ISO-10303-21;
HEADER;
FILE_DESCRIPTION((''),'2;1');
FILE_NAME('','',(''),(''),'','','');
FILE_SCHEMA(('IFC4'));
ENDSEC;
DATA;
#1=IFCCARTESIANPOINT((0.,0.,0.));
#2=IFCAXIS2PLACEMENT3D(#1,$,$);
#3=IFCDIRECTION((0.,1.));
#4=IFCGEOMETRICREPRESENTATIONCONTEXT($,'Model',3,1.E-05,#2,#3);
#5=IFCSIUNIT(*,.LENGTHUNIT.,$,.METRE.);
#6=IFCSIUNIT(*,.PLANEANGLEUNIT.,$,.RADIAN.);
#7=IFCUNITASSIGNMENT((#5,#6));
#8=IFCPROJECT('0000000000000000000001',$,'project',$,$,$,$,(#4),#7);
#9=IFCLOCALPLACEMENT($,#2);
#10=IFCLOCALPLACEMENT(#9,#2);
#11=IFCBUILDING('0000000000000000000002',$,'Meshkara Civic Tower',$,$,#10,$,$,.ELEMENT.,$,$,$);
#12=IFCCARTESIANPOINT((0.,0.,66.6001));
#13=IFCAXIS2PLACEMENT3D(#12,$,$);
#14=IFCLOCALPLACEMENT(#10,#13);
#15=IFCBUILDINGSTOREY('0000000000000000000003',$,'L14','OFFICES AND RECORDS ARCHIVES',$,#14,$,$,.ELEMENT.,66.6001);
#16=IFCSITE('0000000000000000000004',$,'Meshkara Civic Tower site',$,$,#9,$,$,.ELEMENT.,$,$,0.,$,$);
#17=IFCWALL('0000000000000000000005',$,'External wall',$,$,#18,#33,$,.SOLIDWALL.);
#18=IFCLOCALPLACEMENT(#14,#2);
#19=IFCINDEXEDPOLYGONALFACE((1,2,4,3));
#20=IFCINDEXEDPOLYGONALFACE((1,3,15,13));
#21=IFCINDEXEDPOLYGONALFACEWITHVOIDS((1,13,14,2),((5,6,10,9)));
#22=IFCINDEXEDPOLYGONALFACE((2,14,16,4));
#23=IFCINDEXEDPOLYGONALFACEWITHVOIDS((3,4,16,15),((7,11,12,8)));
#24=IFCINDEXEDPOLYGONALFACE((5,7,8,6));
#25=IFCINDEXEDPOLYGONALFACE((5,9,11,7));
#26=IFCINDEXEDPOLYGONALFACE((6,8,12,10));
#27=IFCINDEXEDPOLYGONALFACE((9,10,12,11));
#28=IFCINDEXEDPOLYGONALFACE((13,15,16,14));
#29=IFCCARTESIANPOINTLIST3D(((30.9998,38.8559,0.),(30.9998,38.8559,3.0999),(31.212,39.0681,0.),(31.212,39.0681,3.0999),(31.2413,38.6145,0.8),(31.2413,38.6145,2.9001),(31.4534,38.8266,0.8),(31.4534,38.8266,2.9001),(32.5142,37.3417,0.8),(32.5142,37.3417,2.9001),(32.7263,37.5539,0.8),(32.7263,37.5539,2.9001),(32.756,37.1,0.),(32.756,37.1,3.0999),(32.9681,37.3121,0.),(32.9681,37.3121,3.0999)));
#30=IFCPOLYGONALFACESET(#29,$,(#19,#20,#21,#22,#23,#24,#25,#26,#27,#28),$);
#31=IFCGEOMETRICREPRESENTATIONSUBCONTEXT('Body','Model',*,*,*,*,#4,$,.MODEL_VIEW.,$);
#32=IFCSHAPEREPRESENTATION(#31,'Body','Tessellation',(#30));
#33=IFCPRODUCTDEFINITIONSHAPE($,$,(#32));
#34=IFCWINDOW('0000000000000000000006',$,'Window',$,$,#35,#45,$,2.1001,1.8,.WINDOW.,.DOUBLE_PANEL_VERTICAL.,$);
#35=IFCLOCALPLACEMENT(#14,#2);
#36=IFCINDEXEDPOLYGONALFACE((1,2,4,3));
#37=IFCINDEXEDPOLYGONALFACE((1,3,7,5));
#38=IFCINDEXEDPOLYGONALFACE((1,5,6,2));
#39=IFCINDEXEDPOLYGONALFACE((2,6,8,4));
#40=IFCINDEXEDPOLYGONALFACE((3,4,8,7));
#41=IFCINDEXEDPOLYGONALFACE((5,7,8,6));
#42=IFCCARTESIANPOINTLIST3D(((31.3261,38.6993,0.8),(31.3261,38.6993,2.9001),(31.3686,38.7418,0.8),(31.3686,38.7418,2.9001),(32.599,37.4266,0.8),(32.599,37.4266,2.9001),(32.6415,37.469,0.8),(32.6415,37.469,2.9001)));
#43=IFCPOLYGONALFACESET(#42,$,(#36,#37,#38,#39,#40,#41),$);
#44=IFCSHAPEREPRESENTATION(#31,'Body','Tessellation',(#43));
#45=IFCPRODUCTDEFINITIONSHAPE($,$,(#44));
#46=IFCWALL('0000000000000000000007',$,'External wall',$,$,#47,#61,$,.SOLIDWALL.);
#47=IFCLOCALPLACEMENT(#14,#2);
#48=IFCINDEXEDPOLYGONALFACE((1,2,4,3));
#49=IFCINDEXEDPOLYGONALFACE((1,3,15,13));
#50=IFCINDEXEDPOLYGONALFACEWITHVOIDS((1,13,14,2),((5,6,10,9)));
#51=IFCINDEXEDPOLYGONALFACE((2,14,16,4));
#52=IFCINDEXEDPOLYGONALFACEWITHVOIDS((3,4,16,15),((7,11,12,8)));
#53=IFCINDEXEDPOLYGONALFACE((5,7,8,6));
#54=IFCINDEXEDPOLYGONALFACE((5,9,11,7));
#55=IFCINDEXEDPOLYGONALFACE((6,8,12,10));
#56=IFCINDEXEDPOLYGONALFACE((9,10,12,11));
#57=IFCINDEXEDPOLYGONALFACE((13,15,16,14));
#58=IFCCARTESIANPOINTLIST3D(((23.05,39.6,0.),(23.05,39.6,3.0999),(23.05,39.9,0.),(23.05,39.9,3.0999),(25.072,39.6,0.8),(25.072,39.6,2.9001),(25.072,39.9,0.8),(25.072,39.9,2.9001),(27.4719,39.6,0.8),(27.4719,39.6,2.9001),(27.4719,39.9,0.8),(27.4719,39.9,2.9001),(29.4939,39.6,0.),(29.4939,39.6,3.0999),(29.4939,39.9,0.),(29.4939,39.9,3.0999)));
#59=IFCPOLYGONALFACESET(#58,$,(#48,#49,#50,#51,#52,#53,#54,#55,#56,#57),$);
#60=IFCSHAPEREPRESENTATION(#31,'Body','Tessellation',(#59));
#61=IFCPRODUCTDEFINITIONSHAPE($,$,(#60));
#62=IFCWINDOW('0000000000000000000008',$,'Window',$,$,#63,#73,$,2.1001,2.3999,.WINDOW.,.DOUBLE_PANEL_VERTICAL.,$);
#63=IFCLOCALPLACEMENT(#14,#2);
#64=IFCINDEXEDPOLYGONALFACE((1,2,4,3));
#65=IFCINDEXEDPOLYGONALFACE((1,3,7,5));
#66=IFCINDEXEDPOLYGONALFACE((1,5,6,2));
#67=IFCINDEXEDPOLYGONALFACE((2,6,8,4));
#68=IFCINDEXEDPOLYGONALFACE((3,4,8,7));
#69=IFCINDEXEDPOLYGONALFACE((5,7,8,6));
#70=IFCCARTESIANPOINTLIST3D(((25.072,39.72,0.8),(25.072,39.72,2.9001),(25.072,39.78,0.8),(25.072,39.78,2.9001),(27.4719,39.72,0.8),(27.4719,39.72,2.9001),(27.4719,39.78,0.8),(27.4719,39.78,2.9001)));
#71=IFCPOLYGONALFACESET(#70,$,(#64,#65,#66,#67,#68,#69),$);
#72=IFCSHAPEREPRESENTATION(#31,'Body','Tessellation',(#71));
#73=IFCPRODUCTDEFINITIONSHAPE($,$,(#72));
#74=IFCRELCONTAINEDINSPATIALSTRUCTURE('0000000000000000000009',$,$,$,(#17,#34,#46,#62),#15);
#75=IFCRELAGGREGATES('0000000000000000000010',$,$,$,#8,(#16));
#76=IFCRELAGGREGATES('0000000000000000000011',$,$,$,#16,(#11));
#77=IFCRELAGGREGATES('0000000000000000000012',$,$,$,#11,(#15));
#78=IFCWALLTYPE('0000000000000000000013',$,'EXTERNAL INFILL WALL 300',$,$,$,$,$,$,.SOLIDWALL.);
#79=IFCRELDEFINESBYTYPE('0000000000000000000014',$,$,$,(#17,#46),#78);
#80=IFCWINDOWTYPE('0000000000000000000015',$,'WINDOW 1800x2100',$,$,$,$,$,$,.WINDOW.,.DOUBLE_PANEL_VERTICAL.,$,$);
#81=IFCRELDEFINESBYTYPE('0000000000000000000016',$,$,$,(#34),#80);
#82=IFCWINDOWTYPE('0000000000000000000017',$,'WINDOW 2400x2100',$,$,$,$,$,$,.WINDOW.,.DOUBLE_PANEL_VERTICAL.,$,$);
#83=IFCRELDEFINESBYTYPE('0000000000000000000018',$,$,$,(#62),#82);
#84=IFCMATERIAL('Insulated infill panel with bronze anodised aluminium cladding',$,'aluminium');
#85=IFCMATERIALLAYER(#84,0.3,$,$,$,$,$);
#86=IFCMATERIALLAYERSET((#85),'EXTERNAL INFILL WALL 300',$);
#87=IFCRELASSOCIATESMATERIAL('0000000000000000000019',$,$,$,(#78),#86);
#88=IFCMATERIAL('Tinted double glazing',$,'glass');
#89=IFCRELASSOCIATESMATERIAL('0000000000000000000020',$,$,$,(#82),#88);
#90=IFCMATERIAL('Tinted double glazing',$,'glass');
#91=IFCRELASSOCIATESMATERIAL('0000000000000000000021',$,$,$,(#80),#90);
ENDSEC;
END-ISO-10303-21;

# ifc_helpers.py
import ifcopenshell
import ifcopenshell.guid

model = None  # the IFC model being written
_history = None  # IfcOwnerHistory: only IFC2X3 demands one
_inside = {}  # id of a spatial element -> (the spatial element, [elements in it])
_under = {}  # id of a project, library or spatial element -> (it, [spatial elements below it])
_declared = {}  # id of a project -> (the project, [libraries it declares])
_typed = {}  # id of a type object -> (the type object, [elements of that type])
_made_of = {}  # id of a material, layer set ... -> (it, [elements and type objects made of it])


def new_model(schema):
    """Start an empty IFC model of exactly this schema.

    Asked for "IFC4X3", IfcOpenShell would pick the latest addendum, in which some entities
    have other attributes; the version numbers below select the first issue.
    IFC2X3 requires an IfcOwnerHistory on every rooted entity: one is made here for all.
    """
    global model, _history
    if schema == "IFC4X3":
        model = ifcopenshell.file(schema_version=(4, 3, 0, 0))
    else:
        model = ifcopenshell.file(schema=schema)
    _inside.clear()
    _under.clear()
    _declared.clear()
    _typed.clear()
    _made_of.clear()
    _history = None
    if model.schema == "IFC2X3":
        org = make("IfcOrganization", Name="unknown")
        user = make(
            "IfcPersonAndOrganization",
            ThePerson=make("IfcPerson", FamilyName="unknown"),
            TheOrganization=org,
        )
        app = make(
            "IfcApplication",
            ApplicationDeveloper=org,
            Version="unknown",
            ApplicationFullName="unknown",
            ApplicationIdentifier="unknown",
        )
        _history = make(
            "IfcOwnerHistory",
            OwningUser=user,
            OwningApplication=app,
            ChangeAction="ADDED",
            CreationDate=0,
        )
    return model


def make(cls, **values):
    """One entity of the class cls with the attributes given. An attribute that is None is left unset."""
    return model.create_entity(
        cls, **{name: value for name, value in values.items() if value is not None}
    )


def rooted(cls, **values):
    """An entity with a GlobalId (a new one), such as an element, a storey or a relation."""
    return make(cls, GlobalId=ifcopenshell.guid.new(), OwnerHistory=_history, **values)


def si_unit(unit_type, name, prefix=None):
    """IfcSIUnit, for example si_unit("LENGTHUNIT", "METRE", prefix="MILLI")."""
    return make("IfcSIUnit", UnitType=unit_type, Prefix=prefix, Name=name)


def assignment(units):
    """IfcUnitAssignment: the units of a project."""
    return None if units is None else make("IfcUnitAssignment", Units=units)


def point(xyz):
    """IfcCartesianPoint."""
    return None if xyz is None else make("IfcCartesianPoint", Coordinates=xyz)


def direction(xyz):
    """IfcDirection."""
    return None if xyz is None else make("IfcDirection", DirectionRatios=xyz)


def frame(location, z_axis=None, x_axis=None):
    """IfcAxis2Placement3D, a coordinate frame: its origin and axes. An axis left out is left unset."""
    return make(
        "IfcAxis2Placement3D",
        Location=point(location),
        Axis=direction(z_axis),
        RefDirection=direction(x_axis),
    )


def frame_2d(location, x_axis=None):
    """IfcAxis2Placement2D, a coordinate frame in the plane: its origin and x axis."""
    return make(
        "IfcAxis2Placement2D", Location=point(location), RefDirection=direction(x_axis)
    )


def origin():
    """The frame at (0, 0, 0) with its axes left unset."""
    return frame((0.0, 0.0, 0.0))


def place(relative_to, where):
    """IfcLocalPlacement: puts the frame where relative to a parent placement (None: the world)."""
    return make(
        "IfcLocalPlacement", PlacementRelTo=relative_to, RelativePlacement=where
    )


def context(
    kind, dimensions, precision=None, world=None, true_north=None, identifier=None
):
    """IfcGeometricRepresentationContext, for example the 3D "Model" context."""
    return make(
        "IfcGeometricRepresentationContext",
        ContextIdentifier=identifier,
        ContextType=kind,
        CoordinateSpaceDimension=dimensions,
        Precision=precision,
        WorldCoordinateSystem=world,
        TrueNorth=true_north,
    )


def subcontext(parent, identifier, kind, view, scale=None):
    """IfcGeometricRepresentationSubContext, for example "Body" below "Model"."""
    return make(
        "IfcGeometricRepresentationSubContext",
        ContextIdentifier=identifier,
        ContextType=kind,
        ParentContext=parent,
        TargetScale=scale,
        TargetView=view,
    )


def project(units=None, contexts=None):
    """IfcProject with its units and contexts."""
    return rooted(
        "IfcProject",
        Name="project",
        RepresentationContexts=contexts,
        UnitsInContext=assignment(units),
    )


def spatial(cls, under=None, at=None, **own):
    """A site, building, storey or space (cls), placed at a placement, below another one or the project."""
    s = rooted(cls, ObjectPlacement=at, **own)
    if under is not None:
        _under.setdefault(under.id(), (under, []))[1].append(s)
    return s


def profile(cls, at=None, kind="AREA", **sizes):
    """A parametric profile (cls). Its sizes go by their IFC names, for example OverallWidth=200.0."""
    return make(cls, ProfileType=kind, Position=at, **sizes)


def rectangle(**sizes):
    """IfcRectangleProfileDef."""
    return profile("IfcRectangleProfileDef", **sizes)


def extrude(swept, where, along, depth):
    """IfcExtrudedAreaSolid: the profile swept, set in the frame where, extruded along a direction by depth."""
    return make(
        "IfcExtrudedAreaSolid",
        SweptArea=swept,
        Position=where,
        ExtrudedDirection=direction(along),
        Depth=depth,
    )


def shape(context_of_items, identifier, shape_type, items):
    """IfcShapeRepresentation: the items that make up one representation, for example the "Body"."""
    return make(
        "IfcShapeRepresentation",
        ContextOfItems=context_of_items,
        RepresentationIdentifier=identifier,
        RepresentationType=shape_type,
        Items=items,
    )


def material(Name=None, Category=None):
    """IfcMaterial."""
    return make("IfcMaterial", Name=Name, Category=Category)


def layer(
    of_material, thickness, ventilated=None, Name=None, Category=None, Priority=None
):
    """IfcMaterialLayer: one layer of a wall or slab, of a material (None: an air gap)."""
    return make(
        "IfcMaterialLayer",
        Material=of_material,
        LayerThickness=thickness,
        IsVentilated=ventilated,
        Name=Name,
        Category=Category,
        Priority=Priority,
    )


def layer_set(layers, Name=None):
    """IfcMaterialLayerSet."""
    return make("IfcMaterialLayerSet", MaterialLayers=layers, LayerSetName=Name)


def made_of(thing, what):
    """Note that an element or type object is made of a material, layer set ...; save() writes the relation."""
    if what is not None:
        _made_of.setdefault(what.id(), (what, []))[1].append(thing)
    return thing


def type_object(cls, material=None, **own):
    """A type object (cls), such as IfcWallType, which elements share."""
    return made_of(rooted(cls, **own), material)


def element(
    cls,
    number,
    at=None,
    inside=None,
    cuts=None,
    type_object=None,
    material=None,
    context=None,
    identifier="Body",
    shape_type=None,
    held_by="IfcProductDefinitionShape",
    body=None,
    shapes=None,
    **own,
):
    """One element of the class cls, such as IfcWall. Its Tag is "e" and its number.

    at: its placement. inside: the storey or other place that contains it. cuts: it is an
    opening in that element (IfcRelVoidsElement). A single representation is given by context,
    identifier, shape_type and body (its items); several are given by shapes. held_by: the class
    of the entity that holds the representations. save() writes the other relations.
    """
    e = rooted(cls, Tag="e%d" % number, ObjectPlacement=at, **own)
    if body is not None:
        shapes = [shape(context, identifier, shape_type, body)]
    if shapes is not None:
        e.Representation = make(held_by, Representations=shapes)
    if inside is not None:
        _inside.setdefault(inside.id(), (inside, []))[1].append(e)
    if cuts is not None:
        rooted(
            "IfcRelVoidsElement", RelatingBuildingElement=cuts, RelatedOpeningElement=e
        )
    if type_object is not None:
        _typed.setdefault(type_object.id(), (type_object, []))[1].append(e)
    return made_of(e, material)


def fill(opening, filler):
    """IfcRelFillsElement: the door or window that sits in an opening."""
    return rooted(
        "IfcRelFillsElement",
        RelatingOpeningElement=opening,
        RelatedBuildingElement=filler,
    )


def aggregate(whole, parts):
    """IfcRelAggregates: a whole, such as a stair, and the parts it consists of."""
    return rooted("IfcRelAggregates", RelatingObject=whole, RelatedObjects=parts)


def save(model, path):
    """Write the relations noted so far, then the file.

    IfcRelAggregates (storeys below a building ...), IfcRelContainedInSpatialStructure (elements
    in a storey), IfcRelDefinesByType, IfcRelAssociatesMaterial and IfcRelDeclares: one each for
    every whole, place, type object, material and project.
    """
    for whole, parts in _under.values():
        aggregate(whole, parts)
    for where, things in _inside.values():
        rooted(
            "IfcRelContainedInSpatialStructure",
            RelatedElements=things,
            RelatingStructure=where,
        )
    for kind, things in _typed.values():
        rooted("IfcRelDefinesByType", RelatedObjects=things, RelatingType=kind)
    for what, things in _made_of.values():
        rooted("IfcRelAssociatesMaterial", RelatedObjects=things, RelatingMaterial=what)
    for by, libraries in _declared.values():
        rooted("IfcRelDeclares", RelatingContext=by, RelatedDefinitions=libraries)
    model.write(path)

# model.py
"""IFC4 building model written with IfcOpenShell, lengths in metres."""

from ifc_helpers import new_model, si_unit, direction, frame, frame_2d, origin, place, context, subcontext, project, spatial, rectangle, extrude, material, layer, layer_set, type_object, element, fill, save


model = new_model("IFC4")

# Units and contexts
model_context = context("Model", 3, precision=1e-05, world=origin(), true_north=direction((0.0, 1.0)))
body_context = subcontext(model_context, "Body", "Model", "MODEL_VIEW")
ifc_project = project(units=[si_unit("LENGTHUNIT", "METRE"), si_unit("PLANEANGLEUNIT", "RADIAN")], contexts=[model_context])

# Site, building, storey
site_placement = place(None, origin())
site = spatial("IfcSite", under=ifc_project, at=site_placement, Name="Meshkara Civic Tower site", CompositionType="ELEMENT", RefElevation=0.0)
building_placement = place(site_placement, origin())
building = spatial("IfcBuilding", under=site, at=building_placement, Name="Meshkara Civic Tower", CompositionType="ELEMENT")
storey_placement = place(building_placement, frame((0.0, 0.0, 66.6001)))
storey = spatial("IfcBuildingStorey", under=building, at=storey_placement, Name="L14", Description="OFFICES AND RECORDS ARCHIVES", CompositionType="ELEMENT", Elevation=66.6001)

# Walls, openings, windows
ifc_material_1 = material(Name="Insulated infill panel with bronze anodised aluminium cladding", Category="aluminium")
ifc_layer_1 = layer(ifc_material_1, 0.3)
ifc_layer_set_1 = layer_set([ifc_layer_1], Name="EXTERNAL INFILL WALL 300")
wall_type_1 = type_object("IfcWallType", Name="EXTERNAL INFILL WALL 300", PredefinedType="SOLIDWALL", material=ifc_layer_set_1)
ifc_material_2 = material(Name="Tinted double glazing", Category="glass")
window_type_1 = type_object("IfcWindowType", Name="WINDOW 2400x2100", PartitioningType="DOUBLE_PANEL_VERTICAL", PredefinedType="WINDOW", material=ifc_material_2)
wall_1_placement = place(storey_placement, frame((32.8621, 37.2061, 0.0), z_axis=(0.0, 0.0, 1.0), x_axis=(-0.707156, 0.707058, 0.0)))
wall_1 = element("IfcWall", 1, at=wall_1_placement, inside=storey, type_object=wall_type_1, Name="External wall", PredefinedType="SOLIDWALL", context=body_context, shape_type="SweptSolid", body=[
    extrude(rectangle(XDim=2.4834, YDim=0.3, at=frame_2d((1.2417, 0.0))), origin(), (0.0, 0.0, 1.0), 3.0999),
])
opening_1_placement = place(wall_1_placement, frame((0.342, 0.0, 0.8)))
opening_1 = element("IfcOpeningElement", 2, at=opening_1_placement, cuts=wall_1, PredefinedType="OPENING", context=body_context, shape_type="SweptSolid", body=[
    extrude(rectangle(XDim=1.8, YDim=2.1001, at=frame_2d((0.8999, 1.05))), frame((0.0, 0.1599, 0.0), z_axis=(0.0, -1.0, 0.0), x_axis=(1.0, 0.0, 0.0)), (0.0, 0.0, 1.0), 0.3201),
])
ifc_material_3 = material(Name="Tinted double glazing", Category="glass")
window_type_2 = type_object("IfcWindowType", Name="WINDOW 1800x2100", PartitioningType="DOUBLE_PANEL_VERTICAL", PredefinedType="WINDOW", material=ifc_material_3)
window_1_placement = place(opening_1_placement, origin())
window_1 = element("IfcWindow", 3, at=window_1_placement, inside=storey, type_object=window_type_2, Name="Window", OverallHeight=2.1001, OverallWidth=1.8, PartitioningType="DOUBLE_PANEL_VERTICAL", PredefinedType="WINDOW", context=body_context, shape_type="SweptSolid", body=[
    extrude(rectangle(XDim=1.8, YDim=2.1001, at=frame_2d((0.8999, 1.05))), frame((0.0, 0.03, 0.0), z_axis=(0.0, -1.0, 0.0), x_axis=(1.0, 0.0, 0.0)), (0.0, 0.0, 1.0), 0.0601),
])
fill(opening_1, window_1)
wall_2_placement = place(storey_placement, frame((29.4939, 39.75, 0.0), z_axis=(0.0, 0.0, 1.0), x_axis=(-1.0, 0.0, 0.0)))
wall_2 = element("IfcWall", 4, at=wall_2_placement, inside=storey, type_object=wall_type_1, Name="External wall", PredefinedType="SOLIDWALL", context=body_context, shape_type="SweptSolid", body=[
    extrude(rectangle(XDim=6.4438, YDim=0.3, at=frame_2d((3.2219, 0.0))), origin(), (0.0, 0.0, 1.0), 3.0999),
])
opening_2_placement = place(wall_2_placement, frame((2.022, 0.0, 0.8)))
opening_2 = element("IfcOpeningElement", 5, at=opening_2_placement, cuts=wall_2, PredefinedType="OPENING", context=body_context, shape_type="SweptSolid", body=[
    extrude(rectangle(XDim=2.3999, YDim=2.1001, at=frame_2d((1.2, 1.05))), frame((0.0, 0.1599, 0.0), z_axis=(0.0, -1.0, 0.0), x_axis=(1.0, 0.0, 0.0)), (0.0, 0.0, 1.0), 0.3201),
])
window_2_placement = place(opening_2_placement, origin())
window_2 = element("IfcWindow", 6, at=window_2_placement, inside=storey, type_object=window_type_1, Name="Window", OverallHeight=2.1001, OverallWidth=2.3999, PartitioningType="DOUBLE_PANEL_VERTICAL", PredefinedType="WINDOW", context=body_context, shape_type="SweptSolid", body=[
    extrude(rectangle(XDim=2.3999, YDim=2.1001, at=frame_2d((1.2, 1.05))), frame((0.0, 0.03, 0.0), z_axis=(0.0, -1.0, 0.0), x_axis=(1.0, 0.0, 0.0)), (0.0, 0.0, 1.0), 0.0601),
])
fill(opening_2, window_2)

save(model, "model.ifc")
